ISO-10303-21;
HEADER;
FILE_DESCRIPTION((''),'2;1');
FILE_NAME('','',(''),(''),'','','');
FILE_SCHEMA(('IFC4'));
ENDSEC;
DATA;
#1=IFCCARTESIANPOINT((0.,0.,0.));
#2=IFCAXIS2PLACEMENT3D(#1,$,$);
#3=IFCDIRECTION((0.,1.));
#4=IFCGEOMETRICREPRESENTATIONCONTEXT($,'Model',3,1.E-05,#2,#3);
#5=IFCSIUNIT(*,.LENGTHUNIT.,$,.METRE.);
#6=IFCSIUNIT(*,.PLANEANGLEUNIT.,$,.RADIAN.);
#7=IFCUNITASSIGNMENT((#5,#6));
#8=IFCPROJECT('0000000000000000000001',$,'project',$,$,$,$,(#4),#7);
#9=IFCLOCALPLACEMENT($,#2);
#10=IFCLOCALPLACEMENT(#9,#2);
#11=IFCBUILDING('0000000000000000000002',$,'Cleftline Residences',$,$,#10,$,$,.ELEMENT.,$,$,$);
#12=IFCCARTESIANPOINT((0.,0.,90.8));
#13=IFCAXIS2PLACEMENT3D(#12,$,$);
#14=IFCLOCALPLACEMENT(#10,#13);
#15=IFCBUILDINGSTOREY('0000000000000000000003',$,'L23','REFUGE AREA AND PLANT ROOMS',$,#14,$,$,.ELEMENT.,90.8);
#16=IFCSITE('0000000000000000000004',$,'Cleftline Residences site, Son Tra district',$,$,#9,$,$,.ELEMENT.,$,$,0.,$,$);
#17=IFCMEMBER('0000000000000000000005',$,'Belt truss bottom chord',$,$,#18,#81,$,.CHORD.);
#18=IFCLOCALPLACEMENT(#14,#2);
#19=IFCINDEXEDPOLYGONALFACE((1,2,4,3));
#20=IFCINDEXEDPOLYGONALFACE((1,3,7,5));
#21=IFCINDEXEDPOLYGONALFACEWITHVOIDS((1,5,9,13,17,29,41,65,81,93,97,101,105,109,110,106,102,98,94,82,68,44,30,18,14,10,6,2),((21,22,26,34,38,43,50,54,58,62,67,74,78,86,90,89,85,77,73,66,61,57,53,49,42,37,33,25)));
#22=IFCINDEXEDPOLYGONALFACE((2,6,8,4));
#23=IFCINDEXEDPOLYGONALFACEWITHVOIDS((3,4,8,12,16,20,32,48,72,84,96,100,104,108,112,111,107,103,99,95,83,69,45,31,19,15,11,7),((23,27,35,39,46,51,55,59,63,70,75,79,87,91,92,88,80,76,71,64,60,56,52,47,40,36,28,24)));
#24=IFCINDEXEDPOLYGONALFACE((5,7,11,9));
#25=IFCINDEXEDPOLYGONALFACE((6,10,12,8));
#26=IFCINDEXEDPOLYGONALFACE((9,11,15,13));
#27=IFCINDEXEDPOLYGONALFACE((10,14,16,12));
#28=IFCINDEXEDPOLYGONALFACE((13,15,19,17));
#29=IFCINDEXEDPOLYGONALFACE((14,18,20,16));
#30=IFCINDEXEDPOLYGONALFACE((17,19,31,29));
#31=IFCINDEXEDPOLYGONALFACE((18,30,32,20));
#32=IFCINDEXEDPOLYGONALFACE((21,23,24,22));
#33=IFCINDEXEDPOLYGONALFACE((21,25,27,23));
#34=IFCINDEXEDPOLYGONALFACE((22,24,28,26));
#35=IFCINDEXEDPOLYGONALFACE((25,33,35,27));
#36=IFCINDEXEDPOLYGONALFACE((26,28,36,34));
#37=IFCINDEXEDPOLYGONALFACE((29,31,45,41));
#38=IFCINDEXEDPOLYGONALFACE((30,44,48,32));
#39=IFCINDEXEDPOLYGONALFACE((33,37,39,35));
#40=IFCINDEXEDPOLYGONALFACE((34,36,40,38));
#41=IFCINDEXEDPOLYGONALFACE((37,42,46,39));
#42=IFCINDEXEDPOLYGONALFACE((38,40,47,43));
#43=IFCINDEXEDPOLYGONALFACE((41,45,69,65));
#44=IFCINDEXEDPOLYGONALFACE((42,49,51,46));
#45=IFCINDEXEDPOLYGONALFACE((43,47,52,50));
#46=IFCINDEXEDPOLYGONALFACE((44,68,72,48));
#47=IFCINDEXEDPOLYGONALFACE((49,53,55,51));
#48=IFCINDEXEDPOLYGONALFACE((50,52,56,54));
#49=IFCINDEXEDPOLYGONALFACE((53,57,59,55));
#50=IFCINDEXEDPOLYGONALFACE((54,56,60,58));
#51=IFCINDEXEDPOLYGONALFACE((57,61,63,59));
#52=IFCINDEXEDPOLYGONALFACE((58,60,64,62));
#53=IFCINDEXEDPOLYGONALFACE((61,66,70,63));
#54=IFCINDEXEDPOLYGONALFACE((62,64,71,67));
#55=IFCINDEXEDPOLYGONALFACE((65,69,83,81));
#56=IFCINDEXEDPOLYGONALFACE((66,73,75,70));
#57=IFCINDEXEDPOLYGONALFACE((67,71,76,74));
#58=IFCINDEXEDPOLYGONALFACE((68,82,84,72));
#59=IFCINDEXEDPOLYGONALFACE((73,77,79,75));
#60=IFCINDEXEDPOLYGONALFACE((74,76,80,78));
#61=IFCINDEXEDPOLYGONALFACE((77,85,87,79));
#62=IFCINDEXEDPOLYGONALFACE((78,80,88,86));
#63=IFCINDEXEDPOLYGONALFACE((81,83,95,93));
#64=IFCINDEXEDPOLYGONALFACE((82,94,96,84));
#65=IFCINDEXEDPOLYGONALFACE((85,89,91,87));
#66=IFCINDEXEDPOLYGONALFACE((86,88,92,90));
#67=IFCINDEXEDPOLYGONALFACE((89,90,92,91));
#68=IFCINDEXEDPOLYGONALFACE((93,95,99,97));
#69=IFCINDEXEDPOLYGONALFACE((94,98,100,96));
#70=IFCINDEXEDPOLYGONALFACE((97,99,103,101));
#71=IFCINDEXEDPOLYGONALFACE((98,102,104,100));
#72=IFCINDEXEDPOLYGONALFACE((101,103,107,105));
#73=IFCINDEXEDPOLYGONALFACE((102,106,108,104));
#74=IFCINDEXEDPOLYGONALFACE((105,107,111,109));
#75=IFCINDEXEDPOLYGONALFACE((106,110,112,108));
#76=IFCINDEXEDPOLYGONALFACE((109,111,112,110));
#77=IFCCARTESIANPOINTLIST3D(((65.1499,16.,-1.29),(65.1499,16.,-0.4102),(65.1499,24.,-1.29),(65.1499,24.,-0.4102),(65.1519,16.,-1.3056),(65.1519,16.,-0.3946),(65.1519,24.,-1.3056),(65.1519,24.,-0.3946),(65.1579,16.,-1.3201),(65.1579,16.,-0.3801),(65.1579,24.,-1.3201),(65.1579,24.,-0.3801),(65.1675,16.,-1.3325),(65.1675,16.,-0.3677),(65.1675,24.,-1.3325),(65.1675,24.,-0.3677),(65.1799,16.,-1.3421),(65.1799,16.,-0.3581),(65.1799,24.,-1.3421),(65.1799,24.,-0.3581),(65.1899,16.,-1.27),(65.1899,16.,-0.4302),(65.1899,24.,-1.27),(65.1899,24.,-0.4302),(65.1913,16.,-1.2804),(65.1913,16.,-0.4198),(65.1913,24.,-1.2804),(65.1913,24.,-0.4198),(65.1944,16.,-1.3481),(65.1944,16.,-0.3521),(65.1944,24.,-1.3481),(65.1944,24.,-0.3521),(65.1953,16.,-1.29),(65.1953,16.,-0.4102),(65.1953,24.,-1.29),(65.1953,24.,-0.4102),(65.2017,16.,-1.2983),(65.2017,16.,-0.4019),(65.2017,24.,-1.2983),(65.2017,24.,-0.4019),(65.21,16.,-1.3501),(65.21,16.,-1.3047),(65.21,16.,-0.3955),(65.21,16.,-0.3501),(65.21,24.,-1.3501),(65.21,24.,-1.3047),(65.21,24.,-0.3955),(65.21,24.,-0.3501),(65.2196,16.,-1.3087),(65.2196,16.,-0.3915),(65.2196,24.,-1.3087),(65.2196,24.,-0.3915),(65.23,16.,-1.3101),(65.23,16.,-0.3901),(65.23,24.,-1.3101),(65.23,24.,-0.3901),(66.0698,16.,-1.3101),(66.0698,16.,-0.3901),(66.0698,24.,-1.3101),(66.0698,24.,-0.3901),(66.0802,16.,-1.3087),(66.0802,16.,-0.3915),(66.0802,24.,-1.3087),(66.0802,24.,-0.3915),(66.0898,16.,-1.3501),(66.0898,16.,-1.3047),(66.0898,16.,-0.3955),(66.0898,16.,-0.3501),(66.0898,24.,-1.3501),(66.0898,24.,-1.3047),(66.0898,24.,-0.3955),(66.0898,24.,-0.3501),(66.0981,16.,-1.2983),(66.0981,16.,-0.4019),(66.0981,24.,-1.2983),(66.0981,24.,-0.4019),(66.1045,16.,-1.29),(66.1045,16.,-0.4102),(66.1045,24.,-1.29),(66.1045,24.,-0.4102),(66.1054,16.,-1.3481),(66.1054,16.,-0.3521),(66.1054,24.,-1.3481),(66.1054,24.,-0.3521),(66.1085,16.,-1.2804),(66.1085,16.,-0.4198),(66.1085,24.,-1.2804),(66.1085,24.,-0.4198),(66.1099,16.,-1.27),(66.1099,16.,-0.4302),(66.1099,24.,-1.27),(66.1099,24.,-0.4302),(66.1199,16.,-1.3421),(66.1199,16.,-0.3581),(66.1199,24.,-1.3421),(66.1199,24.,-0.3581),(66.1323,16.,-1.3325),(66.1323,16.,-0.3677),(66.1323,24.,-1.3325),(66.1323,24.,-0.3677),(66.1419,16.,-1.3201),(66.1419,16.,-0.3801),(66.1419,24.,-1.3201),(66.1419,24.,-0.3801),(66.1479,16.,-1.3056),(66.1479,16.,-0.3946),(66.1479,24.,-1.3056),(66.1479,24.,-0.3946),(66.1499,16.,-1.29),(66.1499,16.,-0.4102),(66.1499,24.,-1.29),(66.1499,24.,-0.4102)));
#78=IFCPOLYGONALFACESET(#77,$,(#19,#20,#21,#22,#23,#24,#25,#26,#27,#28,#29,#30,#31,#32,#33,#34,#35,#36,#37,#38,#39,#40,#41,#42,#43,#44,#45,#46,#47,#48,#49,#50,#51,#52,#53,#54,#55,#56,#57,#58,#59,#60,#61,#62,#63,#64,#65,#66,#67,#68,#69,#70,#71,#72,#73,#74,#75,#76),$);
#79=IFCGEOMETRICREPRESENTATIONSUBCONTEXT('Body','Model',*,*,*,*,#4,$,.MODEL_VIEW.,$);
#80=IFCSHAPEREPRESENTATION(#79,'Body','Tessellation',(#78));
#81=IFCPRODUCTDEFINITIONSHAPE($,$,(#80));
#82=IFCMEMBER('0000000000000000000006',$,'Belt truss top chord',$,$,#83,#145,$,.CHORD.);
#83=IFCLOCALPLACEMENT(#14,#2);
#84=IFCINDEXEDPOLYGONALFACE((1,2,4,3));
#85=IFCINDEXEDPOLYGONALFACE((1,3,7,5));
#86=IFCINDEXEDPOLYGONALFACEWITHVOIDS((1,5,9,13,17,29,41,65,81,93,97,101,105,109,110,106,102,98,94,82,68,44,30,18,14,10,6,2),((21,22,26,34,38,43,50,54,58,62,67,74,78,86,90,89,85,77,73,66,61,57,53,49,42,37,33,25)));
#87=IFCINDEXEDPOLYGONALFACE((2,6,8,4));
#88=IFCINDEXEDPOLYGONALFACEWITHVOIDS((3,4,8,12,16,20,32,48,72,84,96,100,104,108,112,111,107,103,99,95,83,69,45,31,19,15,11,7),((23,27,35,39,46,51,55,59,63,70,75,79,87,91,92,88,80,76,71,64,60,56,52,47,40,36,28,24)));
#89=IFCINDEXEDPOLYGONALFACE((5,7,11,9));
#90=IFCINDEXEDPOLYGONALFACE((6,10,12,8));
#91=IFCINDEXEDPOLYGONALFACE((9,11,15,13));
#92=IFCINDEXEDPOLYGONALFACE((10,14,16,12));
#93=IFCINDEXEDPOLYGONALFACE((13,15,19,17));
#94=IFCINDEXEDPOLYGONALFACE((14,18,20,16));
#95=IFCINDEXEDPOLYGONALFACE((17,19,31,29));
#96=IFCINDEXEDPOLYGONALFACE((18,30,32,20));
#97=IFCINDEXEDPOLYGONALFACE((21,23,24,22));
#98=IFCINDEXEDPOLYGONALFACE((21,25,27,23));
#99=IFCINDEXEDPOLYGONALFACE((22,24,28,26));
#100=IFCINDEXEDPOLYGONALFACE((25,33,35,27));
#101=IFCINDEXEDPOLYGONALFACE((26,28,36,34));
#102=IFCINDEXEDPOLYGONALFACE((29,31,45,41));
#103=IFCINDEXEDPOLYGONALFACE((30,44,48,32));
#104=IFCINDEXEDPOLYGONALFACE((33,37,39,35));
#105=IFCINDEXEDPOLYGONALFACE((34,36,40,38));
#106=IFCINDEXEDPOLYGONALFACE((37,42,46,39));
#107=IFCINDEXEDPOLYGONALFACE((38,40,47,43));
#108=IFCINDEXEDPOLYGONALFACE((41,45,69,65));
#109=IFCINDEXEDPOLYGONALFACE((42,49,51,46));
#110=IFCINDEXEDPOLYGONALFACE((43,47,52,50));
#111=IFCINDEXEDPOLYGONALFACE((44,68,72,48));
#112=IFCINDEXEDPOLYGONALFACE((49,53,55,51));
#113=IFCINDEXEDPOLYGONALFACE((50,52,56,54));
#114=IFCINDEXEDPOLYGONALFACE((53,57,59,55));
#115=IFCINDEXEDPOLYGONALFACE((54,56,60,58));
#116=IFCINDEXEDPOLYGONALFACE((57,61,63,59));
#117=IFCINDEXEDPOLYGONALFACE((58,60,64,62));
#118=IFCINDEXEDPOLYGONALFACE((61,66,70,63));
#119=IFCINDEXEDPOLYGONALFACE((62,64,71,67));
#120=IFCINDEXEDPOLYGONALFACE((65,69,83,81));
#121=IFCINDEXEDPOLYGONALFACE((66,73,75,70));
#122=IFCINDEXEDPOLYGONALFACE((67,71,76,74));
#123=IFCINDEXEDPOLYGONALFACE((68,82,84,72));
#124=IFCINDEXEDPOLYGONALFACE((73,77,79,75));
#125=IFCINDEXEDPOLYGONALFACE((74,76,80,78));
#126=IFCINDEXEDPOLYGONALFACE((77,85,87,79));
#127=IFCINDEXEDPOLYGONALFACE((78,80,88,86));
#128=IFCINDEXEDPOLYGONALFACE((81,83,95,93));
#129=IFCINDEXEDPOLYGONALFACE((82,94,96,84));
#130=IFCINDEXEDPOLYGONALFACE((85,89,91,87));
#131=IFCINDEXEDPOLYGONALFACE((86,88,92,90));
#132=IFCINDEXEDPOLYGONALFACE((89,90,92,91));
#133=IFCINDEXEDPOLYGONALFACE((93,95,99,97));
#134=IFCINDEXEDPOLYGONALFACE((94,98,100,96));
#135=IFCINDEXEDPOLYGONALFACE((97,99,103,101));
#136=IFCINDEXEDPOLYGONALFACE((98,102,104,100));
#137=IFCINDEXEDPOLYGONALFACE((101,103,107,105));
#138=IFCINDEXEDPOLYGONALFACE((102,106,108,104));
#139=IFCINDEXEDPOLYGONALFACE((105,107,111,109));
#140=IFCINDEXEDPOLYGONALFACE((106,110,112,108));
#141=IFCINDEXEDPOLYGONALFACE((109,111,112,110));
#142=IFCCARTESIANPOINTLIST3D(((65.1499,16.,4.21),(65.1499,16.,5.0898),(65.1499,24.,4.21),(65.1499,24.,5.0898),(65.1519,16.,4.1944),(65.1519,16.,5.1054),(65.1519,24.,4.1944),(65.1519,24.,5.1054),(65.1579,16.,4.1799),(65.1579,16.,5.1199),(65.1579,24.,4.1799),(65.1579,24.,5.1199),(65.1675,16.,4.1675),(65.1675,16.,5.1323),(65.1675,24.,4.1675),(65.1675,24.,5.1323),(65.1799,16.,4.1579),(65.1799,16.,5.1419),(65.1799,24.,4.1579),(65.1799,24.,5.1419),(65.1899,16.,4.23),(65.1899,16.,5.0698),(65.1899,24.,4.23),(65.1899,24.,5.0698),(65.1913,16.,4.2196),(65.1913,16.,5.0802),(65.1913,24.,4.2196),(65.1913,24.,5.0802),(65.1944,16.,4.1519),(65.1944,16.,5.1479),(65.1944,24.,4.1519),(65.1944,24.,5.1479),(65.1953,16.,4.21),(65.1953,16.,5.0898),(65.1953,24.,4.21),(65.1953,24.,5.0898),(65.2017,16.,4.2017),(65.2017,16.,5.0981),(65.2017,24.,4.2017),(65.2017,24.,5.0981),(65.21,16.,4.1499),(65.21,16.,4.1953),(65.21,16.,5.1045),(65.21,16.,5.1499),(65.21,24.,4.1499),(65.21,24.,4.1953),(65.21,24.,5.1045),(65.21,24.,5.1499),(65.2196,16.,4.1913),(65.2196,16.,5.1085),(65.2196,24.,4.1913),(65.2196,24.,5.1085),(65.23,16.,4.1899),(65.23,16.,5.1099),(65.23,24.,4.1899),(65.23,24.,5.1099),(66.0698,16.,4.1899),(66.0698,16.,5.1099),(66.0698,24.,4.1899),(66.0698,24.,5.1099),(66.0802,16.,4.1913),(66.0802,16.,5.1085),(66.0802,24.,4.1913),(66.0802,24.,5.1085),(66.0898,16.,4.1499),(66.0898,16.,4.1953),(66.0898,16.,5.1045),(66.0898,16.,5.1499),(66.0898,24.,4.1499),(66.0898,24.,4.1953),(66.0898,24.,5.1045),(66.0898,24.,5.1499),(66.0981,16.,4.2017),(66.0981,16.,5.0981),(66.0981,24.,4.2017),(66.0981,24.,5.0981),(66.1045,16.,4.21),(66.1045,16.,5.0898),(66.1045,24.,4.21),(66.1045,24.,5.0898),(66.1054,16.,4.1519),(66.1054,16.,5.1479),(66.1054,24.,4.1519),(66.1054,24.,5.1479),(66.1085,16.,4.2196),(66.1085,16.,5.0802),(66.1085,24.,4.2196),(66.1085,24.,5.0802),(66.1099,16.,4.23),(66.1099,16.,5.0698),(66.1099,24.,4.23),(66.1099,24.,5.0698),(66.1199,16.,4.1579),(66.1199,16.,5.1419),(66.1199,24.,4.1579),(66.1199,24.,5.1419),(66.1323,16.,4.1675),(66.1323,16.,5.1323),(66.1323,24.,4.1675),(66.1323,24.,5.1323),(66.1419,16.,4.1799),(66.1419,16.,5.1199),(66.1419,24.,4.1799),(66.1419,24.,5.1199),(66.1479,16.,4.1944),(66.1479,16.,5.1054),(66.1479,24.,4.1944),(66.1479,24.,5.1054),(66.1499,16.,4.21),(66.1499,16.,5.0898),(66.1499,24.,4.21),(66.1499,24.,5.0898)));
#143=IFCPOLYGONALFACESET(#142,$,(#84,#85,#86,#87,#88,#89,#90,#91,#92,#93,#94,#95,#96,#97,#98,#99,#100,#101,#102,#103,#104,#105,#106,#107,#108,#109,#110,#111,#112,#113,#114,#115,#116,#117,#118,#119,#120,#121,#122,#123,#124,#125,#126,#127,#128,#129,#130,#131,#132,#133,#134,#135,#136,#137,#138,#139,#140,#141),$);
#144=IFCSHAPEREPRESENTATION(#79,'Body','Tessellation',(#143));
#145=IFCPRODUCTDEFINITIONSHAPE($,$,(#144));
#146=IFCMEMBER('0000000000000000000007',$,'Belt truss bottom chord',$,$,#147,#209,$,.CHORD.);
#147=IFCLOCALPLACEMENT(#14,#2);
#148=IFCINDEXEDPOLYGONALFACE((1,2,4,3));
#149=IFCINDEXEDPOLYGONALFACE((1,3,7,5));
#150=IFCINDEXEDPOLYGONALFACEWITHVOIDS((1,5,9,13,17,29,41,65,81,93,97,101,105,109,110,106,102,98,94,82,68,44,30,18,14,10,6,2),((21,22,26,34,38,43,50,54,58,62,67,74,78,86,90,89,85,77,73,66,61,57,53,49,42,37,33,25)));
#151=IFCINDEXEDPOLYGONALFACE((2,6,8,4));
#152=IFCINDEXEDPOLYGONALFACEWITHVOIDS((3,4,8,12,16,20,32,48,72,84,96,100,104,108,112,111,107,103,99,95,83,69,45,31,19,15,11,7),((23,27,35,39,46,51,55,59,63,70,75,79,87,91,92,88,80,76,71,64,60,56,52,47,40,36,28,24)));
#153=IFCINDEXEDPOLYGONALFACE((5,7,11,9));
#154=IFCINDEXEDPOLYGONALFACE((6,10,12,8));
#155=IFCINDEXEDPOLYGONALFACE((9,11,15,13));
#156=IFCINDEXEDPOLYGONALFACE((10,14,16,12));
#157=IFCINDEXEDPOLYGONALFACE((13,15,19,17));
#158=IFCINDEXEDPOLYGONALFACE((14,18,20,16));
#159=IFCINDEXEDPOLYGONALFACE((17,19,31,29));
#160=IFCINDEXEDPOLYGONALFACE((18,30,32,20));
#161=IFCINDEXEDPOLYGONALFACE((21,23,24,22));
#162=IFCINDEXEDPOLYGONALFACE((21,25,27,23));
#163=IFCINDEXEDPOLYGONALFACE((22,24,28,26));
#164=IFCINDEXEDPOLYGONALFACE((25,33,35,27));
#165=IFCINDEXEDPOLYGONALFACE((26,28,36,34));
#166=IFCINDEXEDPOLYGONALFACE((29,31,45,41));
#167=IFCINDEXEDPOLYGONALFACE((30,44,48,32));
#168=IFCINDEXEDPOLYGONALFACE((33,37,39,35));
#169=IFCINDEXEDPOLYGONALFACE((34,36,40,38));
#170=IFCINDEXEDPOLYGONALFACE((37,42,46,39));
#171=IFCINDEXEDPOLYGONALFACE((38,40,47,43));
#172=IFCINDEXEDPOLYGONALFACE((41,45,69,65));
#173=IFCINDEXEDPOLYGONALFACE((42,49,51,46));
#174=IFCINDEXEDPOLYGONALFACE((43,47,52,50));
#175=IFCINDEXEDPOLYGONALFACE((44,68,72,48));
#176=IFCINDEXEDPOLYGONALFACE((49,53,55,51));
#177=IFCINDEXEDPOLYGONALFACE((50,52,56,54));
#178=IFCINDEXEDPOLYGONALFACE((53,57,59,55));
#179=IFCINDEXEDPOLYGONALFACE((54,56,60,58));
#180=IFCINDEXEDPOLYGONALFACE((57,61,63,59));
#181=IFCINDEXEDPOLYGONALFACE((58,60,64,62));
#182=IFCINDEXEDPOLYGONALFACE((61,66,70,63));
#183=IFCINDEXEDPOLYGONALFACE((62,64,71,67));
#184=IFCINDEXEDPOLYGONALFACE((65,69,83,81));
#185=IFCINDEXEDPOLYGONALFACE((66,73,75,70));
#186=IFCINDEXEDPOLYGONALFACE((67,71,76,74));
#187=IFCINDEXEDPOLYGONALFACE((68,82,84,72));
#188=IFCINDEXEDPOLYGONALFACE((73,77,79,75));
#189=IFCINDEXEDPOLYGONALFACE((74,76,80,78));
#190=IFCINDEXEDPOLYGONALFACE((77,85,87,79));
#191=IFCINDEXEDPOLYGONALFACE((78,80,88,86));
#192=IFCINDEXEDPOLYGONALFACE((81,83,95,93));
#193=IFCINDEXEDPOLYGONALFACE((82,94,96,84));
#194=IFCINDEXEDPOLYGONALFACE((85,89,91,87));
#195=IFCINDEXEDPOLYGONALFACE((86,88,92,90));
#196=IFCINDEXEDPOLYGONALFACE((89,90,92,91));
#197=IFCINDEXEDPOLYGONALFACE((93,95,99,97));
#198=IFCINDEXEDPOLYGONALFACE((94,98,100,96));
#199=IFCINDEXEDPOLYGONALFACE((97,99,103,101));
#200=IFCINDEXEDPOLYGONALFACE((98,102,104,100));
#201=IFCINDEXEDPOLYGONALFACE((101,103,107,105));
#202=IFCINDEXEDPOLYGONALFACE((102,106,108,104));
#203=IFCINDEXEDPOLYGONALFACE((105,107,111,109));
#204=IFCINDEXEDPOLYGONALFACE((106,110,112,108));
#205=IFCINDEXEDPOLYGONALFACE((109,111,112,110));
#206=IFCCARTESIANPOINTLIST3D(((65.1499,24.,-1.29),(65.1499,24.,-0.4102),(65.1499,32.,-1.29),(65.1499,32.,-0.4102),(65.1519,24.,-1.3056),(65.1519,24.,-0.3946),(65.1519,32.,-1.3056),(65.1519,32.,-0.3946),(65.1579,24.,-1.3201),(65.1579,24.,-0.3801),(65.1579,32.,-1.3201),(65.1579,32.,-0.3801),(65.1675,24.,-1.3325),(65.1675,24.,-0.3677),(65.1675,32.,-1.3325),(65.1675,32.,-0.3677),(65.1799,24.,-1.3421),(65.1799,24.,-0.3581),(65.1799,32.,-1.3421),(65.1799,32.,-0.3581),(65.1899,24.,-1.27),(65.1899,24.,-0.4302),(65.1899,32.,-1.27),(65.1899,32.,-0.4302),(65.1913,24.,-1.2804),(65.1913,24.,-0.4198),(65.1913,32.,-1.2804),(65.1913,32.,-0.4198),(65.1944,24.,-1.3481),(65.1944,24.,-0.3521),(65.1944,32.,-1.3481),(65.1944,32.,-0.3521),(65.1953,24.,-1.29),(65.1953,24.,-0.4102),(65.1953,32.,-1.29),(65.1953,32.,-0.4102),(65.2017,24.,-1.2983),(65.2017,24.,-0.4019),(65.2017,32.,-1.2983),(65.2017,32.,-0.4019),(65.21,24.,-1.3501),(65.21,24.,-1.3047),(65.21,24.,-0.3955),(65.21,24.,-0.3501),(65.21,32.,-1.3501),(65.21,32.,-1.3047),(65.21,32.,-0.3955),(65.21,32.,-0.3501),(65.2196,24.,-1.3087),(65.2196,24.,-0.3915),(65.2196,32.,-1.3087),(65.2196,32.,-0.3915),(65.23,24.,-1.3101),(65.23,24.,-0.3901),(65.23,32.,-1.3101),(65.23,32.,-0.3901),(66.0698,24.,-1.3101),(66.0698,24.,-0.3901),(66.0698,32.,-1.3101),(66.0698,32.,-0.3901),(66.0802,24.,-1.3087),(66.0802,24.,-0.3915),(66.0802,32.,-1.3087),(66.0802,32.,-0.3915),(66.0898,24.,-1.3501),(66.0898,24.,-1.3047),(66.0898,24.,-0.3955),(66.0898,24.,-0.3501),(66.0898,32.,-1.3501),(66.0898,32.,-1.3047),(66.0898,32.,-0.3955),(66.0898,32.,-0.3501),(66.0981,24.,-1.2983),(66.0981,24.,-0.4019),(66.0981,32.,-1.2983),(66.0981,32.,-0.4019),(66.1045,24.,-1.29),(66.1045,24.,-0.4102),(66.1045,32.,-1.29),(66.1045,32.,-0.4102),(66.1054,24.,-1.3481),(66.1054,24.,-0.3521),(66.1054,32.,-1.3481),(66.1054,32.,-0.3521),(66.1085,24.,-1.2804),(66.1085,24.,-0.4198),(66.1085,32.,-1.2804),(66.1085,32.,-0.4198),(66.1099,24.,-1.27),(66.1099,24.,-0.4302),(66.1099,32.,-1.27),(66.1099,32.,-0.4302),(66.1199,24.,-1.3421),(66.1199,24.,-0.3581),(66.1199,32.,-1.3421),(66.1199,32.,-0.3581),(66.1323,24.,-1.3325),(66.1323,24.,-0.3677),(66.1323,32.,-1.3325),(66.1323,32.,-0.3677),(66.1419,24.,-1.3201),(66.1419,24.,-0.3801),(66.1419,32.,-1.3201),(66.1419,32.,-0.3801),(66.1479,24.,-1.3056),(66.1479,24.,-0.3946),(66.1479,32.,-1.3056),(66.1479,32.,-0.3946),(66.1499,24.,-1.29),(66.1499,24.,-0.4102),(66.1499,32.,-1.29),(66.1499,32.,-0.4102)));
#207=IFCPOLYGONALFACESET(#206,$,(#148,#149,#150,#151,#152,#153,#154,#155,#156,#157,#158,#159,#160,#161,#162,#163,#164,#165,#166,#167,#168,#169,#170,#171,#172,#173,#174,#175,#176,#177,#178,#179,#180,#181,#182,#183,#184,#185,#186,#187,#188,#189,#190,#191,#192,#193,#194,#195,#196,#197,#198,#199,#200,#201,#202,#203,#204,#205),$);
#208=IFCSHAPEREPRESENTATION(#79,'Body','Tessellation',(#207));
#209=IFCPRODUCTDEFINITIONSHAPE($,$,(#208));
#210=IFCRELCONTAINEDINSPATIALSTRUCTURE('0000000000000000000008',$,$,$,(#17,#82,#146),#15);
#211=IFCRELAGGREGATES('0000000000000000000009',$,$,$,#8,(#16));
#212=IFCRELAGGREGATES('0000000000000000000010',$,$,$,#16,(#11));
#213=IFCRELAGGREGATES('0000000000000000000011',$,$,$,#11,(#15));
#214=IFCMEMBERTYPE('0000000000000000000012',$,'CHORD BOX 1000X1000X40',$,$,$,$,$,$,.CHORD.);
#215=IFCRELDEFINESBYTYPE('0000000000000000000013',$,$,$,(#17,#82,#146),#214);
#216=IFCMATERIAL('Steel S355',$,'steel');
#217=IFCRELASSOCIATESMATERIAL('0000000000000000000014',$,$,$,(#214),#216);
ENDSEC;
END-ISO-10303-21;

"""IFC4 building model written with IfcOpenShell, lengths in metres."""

from ifc_helpers import new_model, si_unit, direction, frame, origin, origin_2d, place, context, subcontext, project, spatial, hollow_rectangle, extrude, material, material_profile, profile_set, type_object, element, save


model = new_model("IFC4")

# Units and contexts
model_context = context("Model", 3, precision=1e-05, world=origin(), true_north=direction((0.0, 1.0)))
body_context = subcontext(model_context, "Body", "Model", "MODEL_VIEW")
ifc_project = project(units=[si_unit("LENGTHUNIT", "METRE"), si_unit("PLANEANGLEUNIT", "RADIAN")], contexts=[model_context])

# Site, building, storey
site_placement = place(None, origin())
site = spatial("IfcSite", under=ifc_project, at=site_placement, Name="Cleftline Residences site, Son Tra district", CompositionType="ELEMENT", RefElevation=0.0)
building_placement = place(site_placement, origin())
building = spatial("IfcBuilding", under=site, at=building_placement, Name="Cleftline Residences", CompositionType="ELEMENT")
storey_placement = place(building_placement, frame((0.0, 0.0, 90.8)))
storey = spatial("IfcBuildingStorey", under=building, at=storey_placement, Name="L23", Description="REFUGE AREA AND PLANT ROOMS", CompositionType="ELEMENT", Elevation=90.8)

# Members
ifc_material_1 = material(Name="Steel S355", Category="steel")
ifc_material_profile_1 = material_profile(ifc_material_1, hollow_rectangle(XDim=1.0, YDim=1.0, WallThickness=0.04, InnerFilletRadius=0.04, OuterFilletRadius=0.0601, at=origin_2d()))
ifc_profile_set_1 = profile_set([ifc_material_profile_1], Name="Steel S355")
member_type_1 = type_object("IfcMemberType", Name="CHORD BOX 1000X1000X40", PredefinedType="CHORD", material=ifc_profile_set_1)
for number, where, z_axis, x_axis, name in (
    (1, (65.6499, 16.0, -0.8501), (0.0, 1.0, 0.0), (-1.0, 0.0, 0.0), "Belt truss bottom chord"),
    (2, (65.6499, 16.0, 4.6499), (0.0, 1.0, 0.0), (-1.0, 0.0, 0.0), "Belt truss top chord"),
    (3, (65.6499, 24.0, -0.8501), (0.0, 1.0, 0.0), (-1.0, 0.0, 0.0), "Belt truss bottom chord"),
):
    element("IfcMember", number, at=place(storey_placement, frame(where, z_axis=z_axis, x_axis=x_axis)), inside=storey, type_object=member_type_1, Name=name, PredefinedType="CHORD", context=body_context, shape_type="SweptSolid", body=[
        extrude(hollow_rectangle(XDim=1.0, YDim=1.0, WallThickness=0.04, InnerFilletRadius=0.04, OuterFilletRadius=0.0601, at=origin_2d()), origin(), (0.0, 0.0, 1.0), 8.0),
    ])

save(model, "model.ifc")
